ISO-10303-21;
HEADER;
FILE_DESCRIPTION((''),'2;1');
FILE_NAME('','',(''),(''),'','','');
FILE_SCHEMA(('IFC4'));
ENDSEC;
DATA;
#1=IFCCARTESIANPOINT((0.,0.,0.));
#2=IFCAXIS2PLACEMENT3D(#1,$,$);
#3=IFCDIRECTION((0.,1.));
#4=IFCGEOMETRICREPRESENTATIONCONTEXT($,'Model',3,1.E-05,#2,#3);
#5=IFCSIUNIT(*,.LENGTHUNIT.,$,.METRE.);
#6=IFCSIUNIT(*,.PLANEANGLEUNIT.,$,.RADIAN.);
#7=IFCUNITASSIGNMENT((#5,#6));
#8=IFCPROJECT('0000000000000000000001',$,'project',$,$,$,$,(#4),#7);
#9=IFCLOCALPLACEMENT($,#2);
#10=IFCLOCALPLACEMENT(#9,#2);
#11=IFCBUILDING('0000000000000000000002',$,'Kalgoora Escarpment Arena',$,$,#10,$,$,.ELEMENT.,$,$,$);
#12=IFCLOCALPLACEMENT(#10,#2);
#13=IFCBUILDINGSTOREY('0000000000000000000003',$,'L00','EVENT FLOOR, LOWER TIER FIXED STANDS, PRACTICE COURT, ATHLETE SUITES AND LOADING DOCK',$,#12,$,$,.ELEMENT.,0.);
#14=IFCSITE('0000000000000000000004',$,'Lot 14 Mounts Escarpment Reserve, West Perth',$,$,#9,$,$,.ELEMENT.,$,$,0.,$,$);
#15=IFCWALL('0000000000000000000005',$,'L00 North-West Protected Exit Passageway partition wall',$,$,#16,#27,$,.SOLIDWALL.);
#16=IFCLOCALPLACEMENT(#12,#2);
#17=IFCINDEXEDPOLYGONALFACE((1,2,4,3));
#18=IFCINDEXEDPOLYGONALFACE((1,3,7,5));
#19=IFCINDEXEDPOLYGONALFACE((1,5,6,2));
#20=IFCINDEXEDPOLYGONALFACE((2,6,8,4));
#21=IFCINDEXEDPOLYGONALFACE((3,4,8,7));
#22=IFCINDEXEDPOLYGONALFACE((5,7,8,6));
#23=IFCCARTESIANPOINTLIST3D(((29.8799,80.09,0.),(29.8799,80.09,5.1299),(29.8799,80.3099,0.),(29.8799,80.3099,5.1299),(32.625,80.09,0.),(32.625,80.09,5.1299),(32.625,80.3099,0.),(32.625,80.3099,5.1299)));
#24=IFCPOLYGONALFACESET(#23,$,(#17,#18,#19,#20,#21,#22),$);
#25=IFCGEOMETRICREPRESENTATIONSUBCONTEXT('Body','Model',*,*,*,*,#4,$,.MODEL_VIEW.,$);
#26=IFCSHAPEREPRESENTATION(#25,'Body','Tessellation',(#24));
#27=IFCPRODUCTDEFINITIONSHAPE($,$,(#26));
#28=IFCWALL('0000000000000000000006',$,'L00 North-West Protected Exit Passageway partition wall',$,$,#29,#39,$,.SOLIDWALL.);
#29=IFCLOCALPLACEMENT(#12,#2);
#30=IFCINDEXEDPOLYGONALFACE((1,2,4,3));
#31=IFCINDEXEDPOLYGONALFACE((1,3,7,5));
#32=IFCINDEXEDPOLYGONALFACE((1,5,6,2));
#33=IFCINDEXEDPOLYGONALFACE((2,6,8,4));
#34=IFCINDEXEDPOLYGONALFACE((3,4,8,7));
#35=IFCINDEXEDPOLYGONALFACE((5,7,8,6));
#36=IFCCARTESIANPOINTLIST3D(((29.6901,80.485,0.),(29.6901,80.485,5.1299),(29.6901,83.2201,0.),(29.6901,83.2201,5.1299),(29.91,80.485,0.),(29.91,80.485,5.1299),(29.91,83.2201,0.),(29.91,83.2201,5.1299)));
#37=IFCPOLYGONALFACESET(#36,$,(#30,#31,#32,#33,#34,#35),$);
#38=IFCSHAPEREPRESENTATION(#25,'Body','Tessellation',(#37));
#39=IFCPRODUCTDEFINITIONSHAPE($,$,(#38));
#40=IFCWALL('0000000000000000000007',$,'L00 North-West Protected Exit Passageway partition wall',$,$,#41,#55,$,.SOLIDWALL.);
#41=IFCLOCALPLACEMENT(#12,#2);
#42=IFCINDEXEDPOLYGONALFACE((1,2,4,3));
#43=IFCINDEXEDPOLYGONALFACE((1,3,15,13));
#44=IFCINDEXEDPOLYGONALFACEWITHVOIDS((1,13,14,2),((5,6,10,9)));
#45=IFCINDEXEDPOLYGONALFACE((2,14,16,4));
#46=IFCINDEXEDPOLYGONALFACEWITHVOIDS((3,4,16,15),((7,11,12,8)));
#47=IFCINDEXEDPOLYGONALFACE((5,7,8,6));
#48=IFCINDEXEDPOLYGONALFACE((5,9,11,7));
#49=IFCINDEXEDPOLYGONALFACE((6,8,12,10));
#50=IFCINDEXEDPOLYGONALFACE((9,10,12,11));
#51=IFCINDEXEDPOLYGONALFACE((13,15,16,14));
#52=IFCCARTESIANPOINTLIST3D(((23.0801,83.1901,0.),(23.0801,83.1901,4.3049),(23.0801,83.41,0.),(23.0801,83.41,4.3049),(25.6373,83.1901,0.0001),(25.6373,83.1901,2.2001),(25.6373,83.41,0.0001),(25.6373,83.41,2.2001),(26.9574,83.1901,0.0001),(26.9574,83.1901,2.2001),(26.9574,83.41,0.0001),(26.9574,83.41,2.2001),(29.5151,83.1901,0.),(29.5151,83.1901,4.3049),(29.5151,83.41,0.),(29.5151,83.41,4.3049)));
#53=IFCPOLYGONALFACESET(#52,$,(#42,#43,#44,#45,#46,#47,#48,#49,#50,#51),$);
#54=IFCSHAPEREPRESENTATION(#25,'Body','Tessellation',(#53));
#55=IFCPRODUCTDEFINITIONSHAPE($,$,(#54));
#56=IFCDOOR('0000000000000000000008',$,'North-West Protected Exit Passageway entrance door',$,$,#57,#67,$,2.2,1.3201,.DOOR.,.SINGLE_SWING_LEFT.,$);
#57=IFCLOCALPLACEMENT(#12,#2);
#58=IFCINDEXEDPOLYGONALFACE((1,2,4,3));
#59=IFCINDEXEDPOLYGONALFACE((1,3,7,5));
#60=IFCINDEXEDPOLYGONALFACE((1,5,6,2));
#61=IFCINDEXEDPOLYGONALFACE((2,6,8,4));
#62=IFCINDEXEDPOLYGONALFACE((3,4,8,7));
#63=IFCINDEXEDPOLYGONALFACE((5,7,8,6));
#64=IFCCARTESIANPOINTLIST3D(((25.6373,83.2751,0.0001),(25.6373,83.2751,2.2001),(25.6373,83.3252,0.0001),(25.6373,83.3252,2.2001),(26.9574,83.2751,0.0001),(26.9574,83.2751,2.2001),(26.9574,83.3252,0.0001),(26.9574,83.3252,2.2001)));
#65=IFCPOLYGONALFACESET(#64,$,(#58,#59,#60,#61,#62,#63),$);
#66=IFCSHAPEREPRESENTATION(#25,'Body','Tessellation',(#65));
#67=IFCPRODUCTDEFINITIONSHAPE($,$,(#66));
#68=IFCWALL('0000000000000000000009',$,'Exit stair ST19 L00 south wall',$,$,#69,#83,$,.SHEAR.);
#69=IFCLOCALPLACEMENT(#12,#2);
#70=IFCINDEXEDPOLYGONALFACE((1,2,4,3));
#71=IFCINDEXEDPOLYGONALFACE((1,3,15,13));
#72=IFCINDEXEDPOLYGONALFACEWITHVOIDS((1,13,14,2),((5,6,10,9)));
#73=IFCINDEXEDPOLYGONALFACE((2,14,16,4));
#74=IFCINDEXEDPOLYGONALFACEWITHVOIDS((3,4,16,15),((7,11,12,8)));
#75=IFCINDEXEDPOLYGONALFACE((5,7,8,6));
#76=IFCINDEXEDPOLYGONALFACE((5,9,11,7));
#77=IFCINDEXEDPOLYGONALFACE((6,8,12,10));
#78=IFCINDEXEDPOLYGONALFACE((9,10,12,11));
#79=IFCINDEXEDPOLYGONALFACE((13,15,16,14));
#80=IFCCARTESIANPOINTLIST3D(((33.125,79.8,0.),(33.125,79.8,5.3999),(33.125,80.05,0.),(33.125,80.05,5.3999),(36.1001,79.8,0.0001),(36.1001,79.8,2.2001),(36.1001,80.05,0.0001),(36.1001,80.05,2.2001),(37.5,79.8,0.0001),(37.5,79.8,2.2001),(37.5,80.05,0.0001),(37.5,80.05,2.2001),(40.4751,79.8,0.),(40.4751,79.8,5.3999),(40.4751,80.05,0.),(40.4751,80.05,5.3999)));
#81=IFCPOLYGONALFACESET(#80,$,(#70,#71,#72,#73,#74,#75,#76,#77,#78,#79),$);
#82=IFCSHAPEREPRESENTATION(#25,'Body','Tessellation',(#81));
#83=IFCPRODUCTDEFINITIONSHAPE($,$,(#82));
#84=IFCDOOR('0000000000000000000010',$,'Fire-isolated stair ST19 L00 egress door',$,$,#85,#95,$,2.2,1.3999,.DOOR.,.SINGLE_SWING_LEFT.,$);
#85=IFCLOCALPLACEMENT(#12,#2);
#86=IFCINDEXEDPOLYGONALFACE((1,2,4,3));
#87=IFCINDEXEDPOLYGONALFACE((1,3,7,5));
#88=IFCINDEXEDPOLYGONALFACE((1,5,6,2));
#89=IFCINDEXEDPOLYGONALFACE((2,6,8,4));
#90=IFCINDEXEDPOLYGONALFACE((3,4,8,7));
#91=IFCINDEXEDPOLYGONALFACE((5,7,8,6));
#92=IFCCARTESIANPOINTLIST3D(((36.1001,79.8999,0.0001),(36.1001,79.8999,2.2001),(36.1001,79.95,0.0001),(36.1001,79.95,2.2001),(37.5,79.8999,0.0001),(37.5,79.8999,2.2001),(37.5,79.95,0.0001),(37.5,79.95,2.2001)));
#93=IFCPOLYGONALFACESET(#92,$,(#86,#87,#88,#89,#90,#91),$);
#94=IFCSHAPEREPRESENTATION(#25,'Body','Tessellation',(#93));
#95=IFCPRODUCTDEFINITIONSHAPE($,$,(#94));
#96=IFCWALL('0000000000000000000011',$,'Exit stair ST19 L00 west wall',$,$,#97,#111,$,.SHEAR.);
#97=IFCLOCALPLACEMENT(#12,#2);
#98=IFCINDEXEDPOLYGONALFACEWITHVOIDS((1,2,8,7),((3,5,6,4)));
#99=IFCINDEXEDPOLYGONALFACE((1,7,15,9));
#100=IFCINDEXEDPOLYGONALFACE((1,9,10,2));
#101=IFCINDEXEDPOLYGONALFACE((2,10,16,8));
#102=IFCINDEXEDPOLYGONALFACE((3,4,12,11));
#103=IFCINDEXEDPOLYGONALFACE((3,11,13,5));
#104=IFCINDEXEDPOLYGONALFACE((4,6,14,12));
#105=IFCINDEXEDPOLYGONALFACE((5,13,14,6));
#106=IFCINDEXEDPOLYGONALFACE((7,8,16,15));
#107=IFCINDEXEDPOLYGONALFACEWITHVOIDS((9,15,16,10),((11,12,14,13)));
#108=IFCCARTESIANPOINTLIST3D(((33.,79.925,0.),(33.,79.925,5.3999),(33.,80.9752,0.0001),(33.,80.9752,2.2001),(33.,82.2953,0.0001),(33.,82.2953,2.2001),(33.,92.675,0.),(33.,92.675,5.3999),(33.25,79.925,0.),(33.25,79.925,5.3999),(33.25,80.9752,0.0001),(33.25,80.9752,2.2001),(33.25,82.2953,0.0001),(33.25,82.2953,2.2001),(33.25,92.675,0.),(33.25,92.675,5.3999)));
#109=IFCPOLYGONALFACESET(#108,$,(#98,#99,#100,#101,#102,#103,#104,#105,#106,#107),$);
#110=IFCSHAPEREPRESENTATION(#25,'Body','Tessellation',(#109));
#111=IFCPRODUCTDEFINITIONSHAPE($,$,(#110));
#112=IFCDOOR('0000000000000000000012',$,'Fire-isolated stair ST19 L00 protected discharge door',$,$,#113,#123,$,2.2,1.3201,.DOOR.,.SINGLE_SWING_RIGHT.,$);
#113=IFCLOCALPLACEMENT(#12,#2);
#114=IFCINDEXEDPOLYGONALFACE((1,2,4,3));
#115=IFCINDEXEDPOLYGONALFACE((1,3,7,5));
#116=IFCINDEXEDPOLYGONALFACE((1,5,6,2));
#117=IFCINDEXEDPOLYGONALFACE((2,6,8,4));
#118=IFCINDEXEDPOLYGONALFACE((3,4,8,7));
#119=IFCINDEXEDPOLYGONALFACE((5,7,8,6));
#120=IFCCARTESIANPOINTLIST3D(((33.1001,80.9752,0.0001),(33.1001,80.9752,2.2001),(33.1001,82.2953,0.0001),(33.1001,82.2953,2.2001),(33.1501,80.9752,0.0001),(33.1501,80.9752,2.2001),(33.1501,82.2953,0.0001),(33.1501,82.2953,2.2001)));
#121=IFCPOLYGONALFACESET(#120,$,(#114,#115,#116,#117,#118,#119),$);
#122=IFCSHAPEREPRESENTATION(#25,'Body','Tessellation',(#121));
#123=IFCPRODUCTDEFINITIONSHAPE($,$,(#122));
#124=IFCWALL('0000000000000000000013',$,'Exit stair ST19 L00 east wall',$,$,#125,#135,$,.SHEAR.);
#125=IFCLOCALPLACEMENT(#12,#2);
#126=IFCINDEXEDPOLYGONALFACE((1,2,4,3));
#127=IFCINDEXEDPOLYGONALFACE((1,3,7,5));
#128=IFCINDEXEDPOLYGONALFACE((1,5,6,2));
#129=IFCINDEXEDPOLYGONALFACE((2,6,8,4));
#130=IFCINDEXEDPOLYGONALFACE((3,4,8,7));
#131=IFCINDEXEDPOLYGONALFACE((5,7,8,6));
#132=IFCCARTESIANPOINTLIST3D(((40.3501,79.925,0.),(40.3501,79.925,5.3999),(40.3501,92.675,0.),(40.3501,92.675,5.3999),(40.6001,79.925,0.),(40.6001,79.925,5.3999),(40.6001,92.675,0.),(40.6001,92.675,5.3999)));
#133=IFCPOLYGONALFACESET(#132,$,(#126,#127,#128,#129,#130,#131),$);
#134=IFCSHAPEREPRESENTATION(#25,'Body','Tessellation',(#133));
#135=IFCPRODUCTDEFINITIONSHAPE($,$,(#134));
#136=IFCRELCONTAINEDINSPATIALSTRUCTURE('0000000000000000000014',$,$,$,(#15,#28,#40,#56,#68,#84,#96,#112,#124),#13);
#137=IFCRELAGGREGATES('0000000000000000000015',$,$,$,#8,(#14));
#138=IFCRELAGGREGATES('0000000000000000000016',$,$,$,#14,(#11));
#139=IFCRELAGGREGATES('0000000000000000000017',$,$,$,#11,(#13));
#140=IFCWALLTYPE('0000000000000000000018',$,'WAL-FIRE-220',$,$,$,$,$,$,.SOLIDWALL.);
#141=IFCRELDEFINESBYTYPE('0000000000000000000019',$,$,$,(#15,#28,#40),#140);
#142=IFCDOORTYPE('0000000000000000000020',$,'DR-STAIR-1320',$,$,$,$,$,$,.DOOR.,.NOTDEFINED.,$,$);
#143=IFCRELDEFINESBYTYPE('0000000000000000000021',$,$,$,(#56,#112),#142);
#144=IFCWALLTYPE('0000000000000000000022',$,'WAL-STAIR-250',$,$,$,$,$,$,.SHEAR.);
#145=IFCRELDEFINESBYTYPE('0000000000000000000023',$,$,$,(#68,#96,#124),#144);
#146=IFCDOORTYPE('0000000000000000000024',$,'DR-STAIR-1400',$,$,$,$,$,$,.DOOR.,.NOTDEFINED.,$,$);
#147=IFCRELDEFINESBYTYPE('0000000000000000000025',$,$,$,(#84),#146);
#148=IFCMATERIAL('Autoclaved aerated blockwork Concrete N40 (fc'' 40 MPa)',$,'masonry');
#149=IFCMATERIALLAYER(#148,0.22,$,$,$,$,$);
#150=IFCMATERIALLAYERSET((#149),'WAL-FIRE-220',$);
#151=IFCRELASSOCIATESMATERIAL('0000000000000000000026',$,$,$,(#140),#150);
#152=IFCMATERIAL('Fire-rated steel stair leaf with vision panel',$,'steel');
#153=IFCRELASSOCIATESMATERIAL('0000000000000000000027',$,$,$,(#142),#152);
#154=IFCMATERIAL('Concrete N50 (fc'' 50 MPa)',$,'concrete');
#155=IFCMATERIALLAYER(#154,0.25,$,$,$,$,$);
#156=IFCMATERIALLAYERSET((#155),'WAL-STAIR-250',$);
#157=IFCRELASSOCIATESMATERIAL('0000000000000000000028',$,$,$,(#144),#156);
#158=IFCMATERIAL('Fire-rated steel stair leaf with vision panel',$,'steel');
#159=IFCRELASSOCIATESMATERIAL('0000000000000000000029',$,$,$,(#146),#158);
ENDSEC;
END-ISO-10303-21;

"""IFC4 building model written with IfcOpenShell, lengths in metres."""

from ifc_helpers import new_model, si_unit, direction, frame, frame_2d, origin, place, context, subcontext, project, spatial, rectangle, extrude, material, layer, layer_set, type_object, element, fill, save


model = new_model("IFC4")

# Units and contexts
model_context = context("Model", 3, precision=1e-05, world=origin(), true_north=direction((0.0, 1.0)))
body_context = subcontext(model_context, "Body", "Model", "MODEL_VIEW")
ifc_project = project(units=[si_unit("LENGTHUNIT", "METRE"), si_unit("PLANEANGLEUNIT", "RADIAN")], contexts=[model_context])

# Site, building, storey
site_placement = place(None, origin())
site = spatial("IfcSite", under=ifc_project, at=site_placement, Name="Lot 14 Mounts Escarpment Reserve, West Perth", CompositionType="ELEMENT", RefElevation=0.0)
building_placement = place(site_placement, origin())
building = spatial("IfcBuilding", under=site, at=building_placement, Name="Kalgoora Escarpment Arena", CompositionType="ELEMENT")
storey_placement = place(building_placement, origin())
storey = spatial("IfcBuildingStorey", under=building, at=storey_placement, Name="L00", Description="EVENT FLOOR, LOWER TIER FIXED STANDS, PRACTICE COURT, ATHLETE SUITES AND LOADING DOCK", CompositionType="ELEMENT", Elevation=0.0)

# Walls
ifc_material_1 = material(Name="Autoclaved aerated blockwork Concrete N40 (fc' 40 MPa)", Category="masonry")
ifc_layer_1 = layer(ifc_material_1, 0.22)
ifc_layer_set_1 = layer_set([ifc_layer_1], Name="WAL-FIRE-220")
wall_type_1 = type_object("IfcWallType", Name="WAL-FIRE-220", PredefinedType="SOLIDWALL", material=ifc_layer_set_1)
wall_1_placement = place(storey_placement, frame((32.625, 80.2, 0.0), z_axis=(0.0, 0.0, 1.0), x_axis=(-1.0, 0.0, 0.0)))
element("IfcWall", 1, at=wall_1_placement, inside=storey, type_object=wall_type_1, Name="L00 North-West Protected Exit Passageway partition wall", PredefinedType="SOLIDWALL", context=body_context, shape_type="SweptSolid", body=[
    extrude(rectangle(XDim=2.7451, YDim=0.22, at=frame_2d((1.3726, 0.0))), origin(), (0.0, 0.0, 1.0), 5.1299),
])
wall_2_placement = place(storey_placement, frame((29.8, 80.4849, 0.0), z_axis=(0.0, 0.0, 1.0), x_axis=(0.0, 1.0, 0.0)))
element("IfcWall", 2, at=wall_2_placement, inside=storey, type_object=wall_type_1, Name="L00 North-West Protected Exit Passageway partition wall", PredefinedType="SOLIDWALL", context=body_context, shape_type="SweptSolid", body=[
    extrude(rectangle(XDim=2.7351, YDim=0.22, at=frame_2d((1.3677, 0.0))), origin(), (0.0, 0.0, 1.0), 5.1299),
])

# Walls, openings, doors
wall_3_placement = place(storey_placement, frame((29.5151, 83.3, 0.0), z_axis=(0.0, 0.0, 1.0), x_axis=(-1.0, 0.0, 0.0)))
wall_3 = element("IfcWall", 3, at=wall_3_placement, inside=storey, type_object=wall_type_1, Name="L00 North-West Protected Exit Passageway partition wall", PredefinedType="SOLIDWALL", context=body_context, shape_type="SweptSolid", body=[
    extrude(rectangle(XDim=6.4351, YDim=0.22, at=frame_2d((3.2175, 0.0))), origin(), (0.0, 0.0, 1.0), 4.3049),
])
opening_1_placement = place(wall_3_placement, frame((2.5576, 0.0, 0.0)))
opening_1 = element("IfcOpeningElement", 4, at=opening_1_placement, cuts=wall_3, PredefinedType="OPENING", context=body_context, shape_type="SweptSolid", body=[
    extrude(rectangle(XDim=1.3201, YDim=2.2, at=frame_2d((0.6602, 1.1001))), frame((0.0, 0.1199, 0.0), z_axis=(0.0, -1.0, 0.0), x_axis=(1.0, 0.0, 0.0)), (0.0, 0.0, 1.0), 0.24),
])
ifc_material_2 = material(Name="Fire-rated steel stair leaf with vision panel", Category="steel")
door_type_1 = type_object("IfcDoorType", Name="DR-STAIR-1320", OperationType="NOTDEFINED", PredefinedType="DOOR", material=ifc_material_2)
door_1_placement = place(opening_1_placement, origin())
door_1 = element("IfcDoor", 5, at=door_1_placement, inside=storey, type_object=door_type_1, Name="North-West Protected Exit Passageway entrance door", OperationType="SINGLE_SWING_LEFT", OverallHeight=2.2, OverallWidth=1.3201, PredefinedType="DOOR", context=body_context, shape_type="SweptSolid", body=[
    extrude(rectangle(XDim=1.3201, YDim=2.2, at=frame_2d((0.6602, 1.1001))), frame((0.0, 0.0249, 0.0), z_axis=(0.0, -1.0, 0.0), x_axis=(1.0, 0.0, 0.0)), (0.0, 0.0, 1.0), 0.05),
])
fill(opening_1, door_1)
ifc_material_3 = material(Name="Concrete N50 (fc' 50 MPa)", Category="concrete")
ifc_layer_2 = layer(ifc_material_3, 0.25)
ifc_layer_set_2 = layer_set([ifc_layer_2], Name="WAL-STAIR-250")
wall_type_2 = type_object("IfcWallType", Name="WAL-STAIR-250", PredefinedType="SHEAR", material=ifc_layer_set_2)
wall_4_placement = place(storey_placement, frame((33.125, 79.925, 0.0), z_axis=(0.0, 0.0, 1.0), x_axis=(1.0, 0.0, 0.0)))
wall_4 = element("IfcWall", 6, at=wall_4_placement, inside=storey, type_object=wall_type_2, Name="Exit stair ST19 L00 south wall", PredefinedType="SHEAR", context=body_context, shape_type="SweptSolid", body=[
    extrude(rectangle(XDim=7.3501, YDim=0.25, at=frame_2d((3.675, 0.0))), origin(), (0.0, 0.0, 1.0), 5.3999),
])
opening_2_placement = place(wall_4_placement, frame((2.9751, 0.0, 0.0)))
opening_2 = element("IfcOpeningElement", 7, at=opening_2_placement, cuts=wall_4, PredefinedType="OPENING", context=body_context, shape_type="SweptSolid", body=[
    extrude(rectangle(XDim=1.3999, YDim=2.2, at=frame_2d((0.7, 1.1001))), frame((0.0, 0.135, 0.0), z_axis=(0.0, -1.0, 0.0), x_axis=(1.0, 0.0, 0.0)), (0.0, 0.0, 1.0), 0.27),
])
ifc_material_4 = material(Name="Fire-rated steel stair leaf with vision panel", Category="steel")
door_type_2 = type_object("IfcDoorType", Name="DR-STAIR-1400", OperationType="NOTDEFINED", PredefinedType="DOOR", material=ifc_material_4)
door_2_placement = place(opening_2_placement, origin())
door_2 = element("IfcDoor", 8, at=door_2_placement, inside=storey, type_object=door_type_2, Name="Fire-isolated stair ST19 L00 egress door", OperationType="SINGLE_SWING_LEFT", OverallHeight=2.2, OverallWidth=1.3999, PredefinedType="DOOR", context=body_context, shape_type="SweptSolid", body=[
    extrude(rectangle(XDim=1.3999, YDim=2.2, at=frame_2d((0.7, 1.1001))), frame((0.0, 0.0249, 0.0), z_axis=(0.0, -1.0, 0.0), x_axis=(1.0, 0.0, 0.0)), (0.0, 0.0, 1.0), 0.05),
])
fill(opening_2, door_2)
wall_5_placement = place(storey_placement, frame((33.125, 79.925, 0.0), z_axis=(0.0, 0.0, 1.0), x_axis=(0.0, 1.0, 0.0)))
wall_5 = element("IfcWall", 9, at=wall_5_placement, inside=storey, type_object=wall_type_2, Name="Exit stair ST19 L00 west wall", PredefinedType="SHEAR", context=body_context, shape_type="SweptSolid", body=[
    extrude(rectangle(XDim=12.75, YDim=0.25, at=frame_2d((6.375, 0.0))), origin(), (0.0, 0.0, 1.0), 5.3999),
])
opening_3_placement = place(wall_5_placement, frame((1.05, 0.0, 0.0)))
opening_3 = element("IfcOpeningElement", 10, at=opening_3_placement, cuts=wall_5, PredefinedType="OPENING", context=body_context, shape_type="SweptSolid", body=[
    extrude(rectangle(XDim=1.3201, YDim=2.2, at=frame_2d((0.6602, 1.1001))), frame((0.0, 0.135, 0.0), z_axis=(0.0, -1.0, 0.0), x_axis=(1.0, 0.0, 0.0)), (0.0, 0.0, 1.0), 0.27),
])
door_3_placement = place(opening_3_placement, origin())
door_3 = element("IfcDoor", 11, at=door_3_placement, inside=storey, type_object=door_type_1, Name="Fire-isolated stair ST19 L00 protected discharge door", OperationType="SINGLE_SWING_RIGHT", OverallHeight=2.2, OverallWidth=1.3201, PredefinedType="DOOR", context=body_context, shape_type="SweptSolid", body=[
    extrude(rectangle(XDim=1.3201, YDim=2.2, at=frame_2d((0.6602, 1.1001))), frame((0.0, 0.0249, 0.0), z_axis=(0.0, -1.0, 0.0), x_axis=(1.0, 0.0, 0.0)), (0.0, 0.0, 1.0), 0.05),
])
fill(opening_3, door_3)

# Wall
wall_6_placement = place(storey_placement, frame((40.4751, 79.925, 0.0), z_axis=(0.0, 0.0, 1.0), x_axis=(0.0, 1.0, 0.0)))
element("IfcWall", 12, at=wall_6_placement, inside=storey, type_object=wall_type_2, Name="Exit stair ST19 L00 east wall", PredefinedType="SHEAR", context=body_context, shape_type="SweptSolid", body=[
    extrude(rectangle(XDim=12.75, YDim=0.25, at=frame_2d((6.375, 0.0))), origin(), (0.0, 0.0, 1.0), 5.3999),
])

save(model, "model.ifc")
